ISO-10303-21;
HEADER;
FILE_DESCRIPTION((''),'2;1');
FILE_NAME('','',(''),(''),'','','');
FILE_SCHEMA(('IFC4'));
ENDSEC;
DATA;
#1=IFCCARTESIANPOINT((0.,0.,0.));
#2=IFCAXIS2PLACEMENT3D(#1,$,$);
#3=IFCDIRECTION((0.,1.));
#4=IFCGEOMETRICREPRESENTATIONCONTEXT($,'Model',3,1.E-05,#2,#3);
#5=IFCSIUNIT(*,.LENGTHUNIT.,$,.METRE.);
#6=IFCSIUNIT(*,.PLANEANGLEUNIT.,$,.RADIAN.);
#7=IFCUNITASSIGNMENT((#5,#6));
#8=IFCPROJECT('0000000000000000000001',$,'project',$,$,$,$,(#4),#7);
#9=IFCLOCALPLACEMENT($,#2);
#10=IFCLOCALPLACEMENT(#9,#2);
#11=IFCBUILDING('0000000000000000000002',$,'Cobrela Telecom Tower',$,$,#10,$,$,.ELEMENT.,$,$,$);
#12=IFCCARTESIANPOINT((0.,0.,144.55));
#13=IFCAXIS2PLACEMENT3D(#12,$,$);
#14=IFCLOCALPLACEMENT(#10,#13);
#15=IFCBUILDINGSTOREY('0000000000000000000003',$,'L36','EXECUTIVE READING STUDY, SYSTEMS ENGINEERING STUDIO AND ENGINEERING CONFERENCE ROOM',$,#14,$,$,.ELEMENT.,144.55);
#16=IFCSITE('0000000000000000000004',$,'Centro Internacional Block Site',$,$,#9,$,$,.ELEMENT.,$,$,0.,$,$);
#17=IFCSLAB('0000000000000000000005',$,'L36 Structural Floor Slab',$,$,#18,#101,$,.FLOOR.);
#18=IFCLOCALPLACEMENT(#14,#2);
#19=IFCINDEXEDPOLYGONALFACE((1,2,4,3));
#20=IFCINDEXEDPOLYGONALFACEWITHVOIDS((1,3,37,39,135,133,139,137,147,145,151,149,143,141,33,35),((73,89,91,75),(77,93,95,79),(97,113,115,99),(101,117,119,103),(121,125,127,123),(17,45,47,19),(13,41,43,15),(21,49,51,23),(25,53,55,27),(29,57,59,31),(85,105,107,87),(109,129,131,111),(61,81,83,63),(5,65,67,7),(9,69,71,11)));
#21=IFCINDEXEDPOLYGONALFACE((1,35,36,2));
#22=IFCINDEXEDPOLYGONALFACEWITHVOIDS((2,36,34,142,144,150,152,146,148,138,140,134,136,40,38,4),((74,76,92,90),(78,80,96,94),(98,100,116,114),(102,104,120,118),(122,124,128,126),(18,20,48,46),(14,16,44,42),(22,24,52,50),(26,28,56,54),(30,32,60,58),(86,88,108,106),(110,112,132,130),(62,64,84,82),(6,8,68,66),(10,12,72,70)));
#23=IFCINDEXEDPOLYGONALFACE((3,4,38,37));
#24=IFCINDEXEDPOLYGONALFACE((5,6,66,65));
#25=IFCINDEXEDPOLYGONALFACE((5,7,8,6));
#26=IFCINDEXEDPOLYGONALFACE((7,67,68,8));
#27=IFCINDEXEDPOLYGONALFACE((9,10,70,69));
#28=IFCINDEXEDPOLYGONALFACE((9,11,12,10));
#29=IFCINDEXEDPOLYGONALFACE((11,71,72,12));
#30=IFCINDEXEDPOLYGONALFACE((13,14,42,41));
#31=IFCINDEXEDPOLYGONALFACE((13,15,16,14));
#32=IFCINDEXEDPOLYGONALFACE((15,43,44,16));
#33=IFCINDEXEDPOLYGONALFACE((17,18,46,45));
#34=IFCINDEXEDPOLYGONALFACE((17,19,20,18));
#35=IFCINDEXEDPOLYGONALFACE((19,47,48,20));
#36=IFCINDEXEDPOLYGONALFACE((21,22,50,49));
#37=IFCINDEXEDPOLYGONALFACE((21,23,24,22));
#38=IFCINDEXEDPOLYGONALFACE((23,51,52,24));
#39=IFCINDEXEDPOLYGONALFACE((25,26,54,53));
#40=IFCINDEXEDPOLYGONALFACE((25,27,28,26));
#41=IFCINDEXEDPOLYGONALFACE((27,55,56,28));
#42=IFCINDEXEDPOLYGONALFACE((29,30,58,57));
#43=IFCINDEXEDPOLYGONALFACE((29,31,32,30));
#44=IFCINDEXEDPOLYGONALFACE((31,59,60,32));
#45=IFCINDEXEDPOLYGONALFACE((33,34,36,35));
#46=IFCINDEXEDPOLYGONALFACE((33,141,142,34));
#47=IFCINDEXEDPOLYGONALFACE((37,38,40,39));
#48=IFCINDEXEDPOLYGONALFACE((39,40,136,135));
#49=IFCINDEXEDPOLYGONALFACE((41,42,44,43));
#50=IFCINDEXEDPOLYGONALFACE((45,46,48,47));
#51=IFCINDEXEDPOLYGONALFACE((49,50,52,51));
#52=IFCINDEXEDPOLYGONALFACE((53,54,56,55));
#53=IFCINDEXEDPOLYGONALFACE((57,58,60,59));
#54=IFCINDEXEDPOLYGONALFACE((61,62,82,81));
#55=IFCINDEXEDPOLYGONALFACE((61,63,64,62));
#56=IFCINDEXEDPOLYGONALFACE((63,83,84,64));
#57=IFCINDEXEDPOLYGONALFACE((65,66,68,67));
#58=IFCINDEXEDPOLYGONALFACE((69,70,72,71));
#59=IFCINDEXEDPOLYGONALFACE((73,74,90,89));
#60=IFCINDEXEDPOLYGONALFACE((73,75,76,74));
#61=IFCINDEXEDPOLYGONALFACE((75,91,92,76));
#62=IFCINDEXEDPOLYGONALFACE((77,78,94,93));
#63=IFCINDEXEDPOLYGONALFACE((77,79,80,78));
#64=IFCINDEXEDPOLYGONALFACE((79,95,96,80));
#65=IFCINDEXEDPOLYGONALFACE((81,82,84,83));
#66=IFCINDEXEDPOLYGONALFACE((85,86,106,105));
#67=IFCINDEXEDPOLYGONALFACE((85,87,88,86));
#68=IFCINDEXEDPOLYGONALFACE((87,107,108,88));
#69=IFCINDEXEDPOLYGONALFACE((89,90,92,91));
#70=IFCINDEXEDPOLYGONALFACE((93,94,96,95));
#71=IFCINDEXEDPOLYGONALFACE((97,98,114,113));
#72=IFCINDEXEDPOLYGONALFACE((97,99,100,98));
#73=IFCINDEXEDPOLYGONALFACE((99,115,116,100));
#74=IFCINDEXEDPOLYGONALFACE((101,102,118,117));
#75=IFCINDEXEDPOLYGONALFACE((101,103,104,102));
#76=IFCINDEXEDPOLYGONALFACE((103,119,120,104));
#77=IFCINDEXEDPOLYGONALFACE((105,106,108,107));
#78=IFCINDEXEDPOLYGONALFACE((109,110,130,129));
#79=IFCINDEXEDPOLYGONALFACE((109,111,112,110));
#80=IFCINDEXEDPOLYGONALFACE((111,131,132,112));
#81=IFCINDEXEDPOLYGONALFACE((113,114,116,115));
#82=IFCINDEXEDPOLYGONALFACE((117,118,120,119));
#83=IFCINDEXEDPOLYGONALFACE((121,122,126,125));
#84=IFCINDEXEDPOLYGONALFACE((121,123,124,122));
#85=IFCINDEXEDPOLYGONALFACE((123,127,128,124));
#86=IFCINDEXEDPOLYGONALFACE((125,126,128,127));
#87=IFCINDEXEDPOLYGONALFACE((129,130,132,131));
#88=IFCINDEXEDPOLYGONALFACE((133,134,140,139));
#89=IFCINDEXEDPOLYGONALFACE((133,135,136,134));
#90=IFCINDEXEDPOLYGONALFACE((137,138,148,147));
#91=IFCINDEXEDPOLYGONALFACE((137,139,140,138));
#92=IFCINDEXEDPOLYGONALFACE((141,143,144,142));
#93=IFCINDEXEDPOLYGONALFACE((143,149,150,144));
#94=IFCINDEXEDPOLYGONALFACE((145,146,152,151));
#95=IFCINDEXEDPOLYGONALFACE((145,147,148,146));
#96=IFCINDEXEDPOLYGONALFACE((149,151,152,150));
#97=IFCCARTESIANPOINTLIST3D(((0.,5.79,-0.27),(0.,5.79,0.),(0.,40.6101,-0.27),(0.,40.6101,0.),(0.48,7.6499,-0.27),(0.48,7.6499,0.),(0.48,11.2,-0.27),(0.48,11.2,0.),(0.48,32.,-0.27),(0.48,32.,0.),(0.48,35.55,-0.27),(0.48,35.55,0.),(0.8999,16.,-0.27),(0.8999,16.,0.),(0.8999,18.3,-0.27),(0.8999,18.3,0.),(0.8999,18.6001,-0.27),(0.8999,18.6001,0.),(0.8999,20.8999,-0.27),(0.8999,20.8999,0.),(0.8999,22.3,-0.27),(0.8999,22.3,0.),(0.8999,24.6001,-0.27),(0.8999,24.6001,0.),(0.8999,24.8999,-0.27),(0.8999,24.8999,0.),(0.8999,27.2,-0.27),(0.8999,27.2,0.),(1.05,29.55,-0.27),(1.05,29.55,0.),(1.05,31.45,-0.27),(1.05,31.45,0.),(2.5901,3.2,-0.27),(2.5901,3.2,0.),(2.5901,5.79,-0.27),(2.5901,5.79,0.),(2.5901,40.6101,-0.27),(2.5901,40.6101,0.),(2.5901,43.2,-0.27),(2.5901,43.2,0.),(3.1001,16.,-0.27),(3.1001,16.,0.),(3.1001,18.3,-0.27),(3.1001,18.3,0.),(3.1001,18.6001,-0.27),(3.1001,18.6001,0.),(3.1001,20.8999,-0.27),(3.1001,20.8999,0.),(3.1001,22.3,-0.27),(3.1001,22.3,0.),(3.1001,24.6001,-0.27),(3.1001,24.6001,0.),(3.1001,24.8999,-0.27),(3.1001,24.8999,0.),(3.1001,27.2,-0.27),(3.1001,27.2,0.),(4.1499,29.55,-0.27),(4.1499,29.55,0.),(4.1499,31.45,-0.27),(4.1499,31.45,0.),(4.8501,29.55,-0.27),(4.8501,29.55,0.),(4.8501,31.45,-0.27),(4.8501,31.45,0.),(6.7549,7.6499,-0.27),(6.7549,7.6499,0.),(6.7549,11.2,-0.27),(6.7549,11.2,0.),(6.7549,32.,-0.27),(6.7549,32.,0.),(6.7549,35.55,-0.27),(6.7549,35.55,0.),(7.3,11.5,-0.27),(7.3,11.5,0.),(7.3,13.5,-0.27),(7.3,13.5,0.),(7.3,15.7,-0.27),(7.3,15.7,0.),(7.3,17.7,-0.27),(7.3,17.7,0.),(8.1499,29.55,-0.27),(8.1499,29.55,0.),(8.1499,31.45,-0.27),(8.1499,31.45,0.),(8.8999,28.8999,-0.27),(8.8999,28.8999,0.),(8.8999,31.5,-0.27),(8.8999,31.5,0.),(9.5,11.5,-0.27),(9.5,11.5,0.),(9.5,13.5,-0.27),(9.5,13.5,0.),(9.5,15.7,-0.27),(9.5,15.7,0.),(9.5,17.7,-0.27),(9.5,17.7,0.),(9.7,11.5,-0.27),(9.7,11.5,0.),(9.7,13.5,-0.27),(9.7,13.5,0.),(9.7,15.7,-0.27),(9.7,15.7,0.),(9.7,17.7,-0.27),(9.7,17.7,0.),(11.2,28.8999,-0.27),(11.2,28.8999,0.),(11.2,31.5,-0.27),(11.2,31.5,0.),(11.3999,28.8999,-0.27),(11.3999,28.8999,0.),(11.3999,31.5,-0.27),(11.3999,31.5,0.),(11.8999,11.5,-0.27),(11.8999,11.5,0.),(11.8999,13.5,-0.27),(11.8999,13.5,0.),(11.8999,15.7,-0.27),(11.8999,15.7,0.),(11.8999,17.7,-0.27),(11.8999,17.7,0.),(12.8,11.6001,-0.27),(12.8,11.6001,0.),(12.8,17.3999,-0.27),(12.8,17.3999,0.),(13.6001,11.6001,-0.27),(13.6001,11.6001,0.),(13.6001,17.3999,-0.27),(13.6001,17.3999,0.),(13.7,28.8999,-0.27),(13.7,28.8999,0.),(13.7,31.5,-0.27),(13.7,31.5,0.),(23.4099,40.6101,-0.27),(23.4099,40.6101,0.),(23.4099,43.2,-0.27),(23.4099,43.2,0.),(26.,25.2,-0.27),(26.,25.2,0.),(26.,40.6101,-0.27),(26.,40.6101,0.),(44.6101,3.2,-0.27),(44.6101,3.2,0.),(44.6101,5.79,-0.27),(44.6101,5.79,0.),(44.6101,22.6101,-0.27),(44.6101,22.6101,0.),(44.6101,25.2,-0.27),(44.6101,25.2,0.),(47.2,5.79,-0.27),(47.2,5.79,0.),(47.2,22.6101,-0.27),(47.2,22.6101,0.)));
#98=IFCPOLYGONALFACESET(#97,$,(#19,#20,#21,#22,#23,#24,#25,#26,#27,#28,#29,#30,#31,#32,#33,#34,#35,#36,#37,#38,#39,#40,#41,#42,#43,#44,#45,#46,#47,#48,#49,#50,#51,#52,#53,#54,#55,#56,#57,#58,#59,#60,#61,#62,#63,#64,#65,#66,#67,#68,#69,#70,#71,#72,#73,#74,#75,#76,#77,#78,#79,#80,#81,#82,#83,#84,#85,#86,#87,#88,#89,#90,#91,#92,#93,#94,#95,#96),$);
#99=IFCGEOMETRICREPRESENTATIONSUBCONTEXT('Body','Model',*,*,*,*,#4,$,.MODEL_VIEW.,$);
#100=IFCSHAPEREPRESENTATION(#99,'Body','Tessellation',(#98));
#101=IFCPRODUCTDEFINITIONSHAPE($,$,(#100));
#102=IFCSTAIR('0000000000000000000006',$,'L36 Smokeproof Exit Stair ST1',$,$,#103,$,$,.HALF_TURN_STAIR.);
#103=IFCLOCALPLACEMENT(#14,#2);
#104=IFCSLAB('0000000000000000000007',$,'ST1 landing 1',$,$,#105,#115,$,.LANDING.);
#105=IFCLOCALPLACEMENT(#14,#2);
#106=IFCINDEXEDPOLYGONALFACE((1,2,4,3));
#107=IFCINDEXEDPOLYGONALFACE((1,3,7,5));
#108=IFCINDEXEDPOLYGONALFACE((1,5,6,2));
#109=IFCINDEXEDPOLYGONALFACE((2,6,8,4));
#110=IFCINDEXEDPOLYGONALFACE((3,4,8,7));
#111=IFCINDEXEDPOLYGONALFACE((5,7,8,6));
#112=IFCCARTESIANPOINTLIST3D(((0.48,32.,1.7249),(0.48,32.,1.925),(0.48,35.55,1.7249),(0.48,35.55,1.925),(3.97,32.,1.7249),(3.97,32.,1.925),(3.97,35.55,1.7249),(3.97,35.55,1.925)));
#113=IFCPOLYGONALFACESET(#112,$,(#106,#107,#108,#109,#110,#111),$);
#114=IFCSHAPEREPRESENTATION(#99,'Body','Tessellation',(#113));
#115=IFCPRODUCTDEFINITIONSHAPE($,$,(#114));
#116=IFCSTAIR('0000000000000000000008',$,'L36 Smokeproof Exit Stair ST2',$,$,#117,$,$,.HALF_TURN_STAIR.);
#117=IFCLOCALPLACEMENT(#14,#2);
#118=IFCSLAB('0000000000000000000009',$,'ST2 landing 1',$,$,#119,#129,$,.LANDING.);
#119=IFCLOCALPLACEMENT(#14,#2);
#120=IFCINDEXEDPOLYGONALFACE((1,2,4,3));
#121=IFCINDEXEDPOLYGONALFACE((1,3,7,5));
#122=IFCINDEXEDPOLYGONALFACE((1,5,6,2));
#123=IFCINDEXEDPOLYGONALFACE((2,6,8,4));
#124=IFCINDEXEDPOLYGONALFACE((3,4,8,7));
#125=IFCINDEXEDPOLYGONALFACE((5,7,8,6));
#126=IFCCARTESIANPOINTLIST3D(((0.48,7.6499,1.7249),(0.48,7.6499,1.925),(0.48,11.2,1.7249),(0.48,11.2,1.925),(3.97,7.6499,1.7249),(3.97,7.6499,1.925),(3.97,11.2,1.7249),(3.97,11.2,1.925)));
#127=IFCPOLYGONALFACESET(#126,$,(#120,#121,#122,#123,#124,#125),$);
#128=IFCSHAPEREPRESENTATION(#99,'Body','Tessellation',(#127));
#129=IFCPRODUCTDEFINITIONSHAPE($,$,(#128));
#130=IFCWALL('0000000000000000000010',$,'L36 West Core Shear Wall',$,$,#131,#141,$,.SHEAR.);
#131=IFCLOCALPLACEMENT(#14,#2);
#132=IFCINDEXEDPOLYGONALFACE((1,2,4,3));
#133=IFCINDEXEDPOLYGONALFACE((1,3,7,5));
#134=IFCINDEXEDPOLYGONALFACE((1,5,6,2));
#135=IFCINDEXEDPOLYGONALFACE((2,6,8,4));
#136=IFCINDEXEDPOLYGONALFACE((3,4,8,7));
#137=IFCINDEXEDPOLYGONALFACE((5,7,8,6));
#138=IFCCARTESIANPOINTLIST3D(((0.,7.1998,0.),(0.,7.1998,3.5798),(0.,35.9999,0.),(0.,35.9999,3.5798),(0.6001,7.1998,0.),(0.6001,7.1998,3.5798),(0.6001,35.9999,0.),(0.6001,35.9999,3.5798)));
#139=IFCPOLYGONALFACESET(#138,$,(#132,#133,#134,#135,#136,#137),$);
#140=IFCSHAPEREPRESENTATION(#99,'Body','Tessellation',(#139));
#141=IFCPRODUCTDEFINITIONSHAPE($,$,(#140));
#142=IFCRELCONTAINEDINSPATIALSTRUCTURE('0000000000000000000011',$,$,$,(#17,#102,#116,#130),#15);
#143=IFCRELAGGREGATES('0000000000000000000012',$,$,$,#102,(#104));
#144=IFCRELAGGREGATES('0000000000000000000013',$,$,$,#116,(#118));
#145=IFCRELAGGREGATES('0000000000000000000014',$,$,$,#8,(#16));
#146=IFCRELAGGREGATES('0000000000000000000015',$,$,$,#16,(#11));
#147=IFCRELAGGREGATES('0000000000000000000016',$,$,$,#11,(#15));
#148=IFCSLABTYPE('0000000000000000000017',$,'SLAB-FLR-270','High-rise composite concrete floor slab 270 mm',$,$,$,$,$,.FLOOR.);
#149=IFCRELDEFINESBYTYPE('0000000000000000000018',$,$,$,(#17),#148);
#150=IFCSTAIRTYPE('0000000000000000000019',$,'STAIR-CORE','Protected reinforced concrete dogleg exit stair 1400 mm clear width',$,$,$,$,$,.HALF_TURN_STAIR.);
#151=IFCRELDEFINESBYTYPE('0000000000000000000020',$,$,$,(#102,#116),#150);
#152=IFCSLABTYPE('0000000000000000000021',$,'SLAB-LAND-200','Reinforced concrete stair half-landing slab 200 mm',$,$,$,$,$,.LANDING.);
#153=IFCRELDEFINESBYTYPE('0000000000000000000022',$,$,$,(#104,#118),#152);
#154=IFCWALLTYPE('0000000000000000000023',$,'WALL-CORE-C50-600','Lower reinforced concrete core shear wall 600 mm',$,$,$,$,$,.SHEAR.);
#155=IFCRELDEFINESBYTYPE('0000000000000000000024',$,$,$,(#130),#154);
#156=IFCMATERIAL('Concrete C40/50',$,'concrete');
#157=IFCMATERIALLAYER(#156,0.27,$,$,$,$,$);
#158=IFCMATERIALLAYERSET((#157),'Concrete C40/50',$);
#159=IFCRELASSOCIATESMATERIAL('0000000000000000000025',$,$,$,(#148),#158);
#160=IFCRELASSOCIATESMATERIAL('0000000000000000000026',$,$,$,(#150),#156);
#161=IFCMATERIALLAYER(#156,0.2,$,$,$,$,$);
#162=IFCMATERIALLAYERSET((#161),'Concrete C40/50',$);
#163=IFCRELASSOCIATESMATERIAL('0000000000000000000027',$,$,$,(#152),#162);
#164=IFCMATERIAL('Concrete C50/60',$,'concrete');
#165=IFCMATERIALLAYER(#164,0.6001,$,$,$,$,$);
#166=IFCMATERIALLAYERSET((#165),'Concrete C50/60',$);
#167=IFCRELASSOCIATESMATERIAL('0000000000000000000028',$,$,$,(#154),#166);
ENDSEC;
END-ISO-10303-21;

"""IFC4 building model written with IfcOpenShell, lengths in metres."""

from ifc_helpers import new_model, si_unit, direction, frame, frame_2d, origin, place, context, subcontext, project, spatial, polyline, rectangle, outline, extrude, material, layer, layer_set, type_object, element, aggregate, save


model = new_model("IFC4")

# Units and contexts
model_context = context("Model", 3, precision=1e-05, world=origin(), true_north=direction((0.0, 1.0)))
body_context = subcontext(model_context, "Body", "Model", "MODEL_VIEW")
ifc_project = project(units=[si_unit("LENGTHUNIT", "METRE"), si_unit("PLANEANGLEUNIT", "RADIAN")], contexts=[model_context])

# Site, building, storey
site_placement = place(None, origin())
site = spatial("IfcSite", under=ifc_project, at=site_placement, Name="Centro Internacional Block Site", CompositionType="ELEMENT", RefElevation=0.0)
building_placement = place(site_placement, origin())
building = spatial("IfcBuilding", under=site, at=building_placement, Name="Cobrela Telecom Tower", CompositionType="ELEMENT")
storey_placement = place(building_placement, frame((0.0, 0.0, 144.55)))
storey = spatial("IfcBuildingStorey", under=building, at=storey_placement, Name="L36", Description="EXECUTIVE READING STUDY, SYSTEMS ENGINEERING STUDIO AND ENGINEERING CONFERENCE ROOM", CompositionType="ELEMENT", Elevation=144.55)

# Slab, openings
ifc_material_1 = material(Name="Concrete C40/50", Category="concrete")
ifc_layer_1 = layer(ifc_material_1, 0.27)
ifc_layer_set_1 = layer_set([ifc_layer_1], Name="Concrete C40/50")
slab_type_1 = type_object("IfcSlabType", Name="SLAB-FLR-270", Description="High-rise composite concrete floor slab 270 mm", PredefinedType="FLOOR", material=ifc_layer_set_1)
slab_1_placement = place(storey_placement, frame((0.0, 0.0, -0.27)))
slab_1 = element("IfcSlab", 1, at=slab_1_placement, inside=storey, type_object=slab_type_1, Name="L36 Structural Floor Slab", PredefinedType="FLOOR", context=body_context, shape_type="SweptSolid", body=[
    extrude(outline(polyline([(2.5901, 3.2), (44.6101, 3.2), (44.6101, 5.79), (47.2, 5.79), (47.2, 22.6101), (44.6101, 22.6101), (44.6101, 25.2), (26.0, 25.2), (26.0, 40.6101), (23.4099, 40.6101), (23.4099, 43.2), (2.5901, 43.2), (2.5901, 40.6101), (0.0, 40.6101), (0.0, 5.79), (2.5901, 5.79), (2.5901, 3.2)])), origin(), (0.0, 0.0, 1.0), 0.27),
])
opening_1_placement = place(slab_1_placement, frame((0.0, 0.0, -0.02)))
element("IfcOpeningElement", 2, at=opening_1_placement, cuts=slab_1, PredefinedType="OPENING", context=body_context, shape_type="SweptSolid", body=[
    extrude(outline(polyline([(8.8999, 28.8999), (11.2, 28.8999), (11.2, 31.5), (8.8999, 31.5), (8.8999, 28.8999)])), origin(), (0.0, 0.0, 1.0), 0.3101),
])
opening_2_placement = place(slab_1_placement, frame((0.0, 0.0, -0.02)))
element("IfcOpeningElement", 3, at=opening_2_placement, cuts=slab_1, PredefinedType="OPENING", context=body_context, shape_type="SweptSolid", body=[
    extrude(outline(polyline([(11.3999, 28.8999), (13.7, 28.8999), (13.7, 31.5), (11.3999, 31.5), (11.3999, 28.8999)])), origin(), (0.0, 0.0, 1.0), 0.3101),
])
opening_3_placement = place(slab_1_placement, frame((0.0, 0.0, -0.02)))
element("IfcOpeningElement", 4, at=opening_3_placement, cuts=slab_1, PredefinedType="OPENING", context=body_context, shape_type="SweptSolid", body=[
    extrude(outline(polyline([(7.3, 15.7), (9.5, 15.7), (9.5, 17.7), (7.3, 17.7), (7.3, 15.7)])), origin(), (0.0, 0.0, 1.0), 0.3101),
])
opening_4_placement = place(slab_1_placement, frame((0.0, 0.0, -0.02)))
element("IfcOpeningElement", 5, at=opening_4_placement, cuts=slab_1, PredefinedType="OPENING", context=body_context, shape_type="SweptSolid", body=[
    extrude(outline(polyline([(9.7, 15.7), (11.8999, 15.7), (11.8999, 17.7), (9.7, 17.7), (9.7, 15.7)])), origin(), (0.0, 0.0, 1.0), 0.3101),
])
opening_5_placement = place(slab_1_placement, frame((0.0, 0.0, -0.02)))
element("IfcOpeningElement", 6, at=opening_5_placement, cuts=slab_1, PredefinedType="OPENING", context=body_context, shape_type="SweptSolid", body=[
    extrude(outline(polyline([(7.3, 11.5), (9.5, 11.5), (9.5, 13.5), (7.3, 13.5), (7.3, 11.5)])), origin(), (0.0, 0.0, 1.0), 0.3101),
])
opening_6_placement = place(slab_1_placement, frame((0.0, 0.0, -0.02)))
element("IfcOpeningElement", 7, at=opening_6_placement, cuts=slab_1, PredefinedType="OPENING", context=body_context, shape_type="SweptSolid", body=[
    extrude(outline(polyline([(9.7, 11.5), (11.8999, 11.5), (11.8999, 13.5), (9.7, 13.5), (9.7, 11.5)])), origin(), (0.0, 0.0, 1.0), 0.3101),
])
opening_7_placement = place(slab_1_placement, frame((0.0, 0.0, -0.02)))
element("IfcOpeningElement", 8, at=opening_7_placement, cuts=slab_1, PredefinedType="OPENING", context=body_context, shape_type="SweptSolid", body=[
    extrude(outline(polyline([(0.8999, 16.0), (3.1001, 16.0), (3.1001, 18.3), (0.8999, 18.3), (0.8999, 16.0)])), origin(), (0.0, 0.0, 1.0), 0.3101),
])
opening_8_placement = place(slab_1_placement, frame((0.0, 0.0, -0.02)))
element("IfcOpeningElement", 9, at=opening_8_placement, cuts=slab_1, PredefinedType="OPENING", context=body_context, shape_type="SweptSolid", body=[
    extrude(outline(polyline([(0.8999, 18.6001), (3.1001, 18.6001), (3.1001, 20.8999), (0.8999, 20.8999), (0.8999, 18.6001)])), origin(), (0.0, 0.0, 1.0), 0.3101),
])
opening_9_placement = place(slab_1_placement, frame((0.0, 0.0, -0.02)))
element("IfcOpeningElement", 10, at=opening_9_placement, cuts=slab_1, PredefinedType="OPENING", context=body_context, shape_type="SweptSolid", body=[
    extrude(outline(polyline([(0.8999, 22.3), (3.1001, 22.3), (3.1001, 24.6001), (0.8999, 24.6001), (0.8999, 22.3)])), origin(), (0.0, 0.0, 1.0), 0.3101),
])
opening_10_placement = place(slab_1_placement, frame((0.0, 0.0, -0.02)))
element("IfcOpeningElement", 11, at=opening_10_placement, cuts=slab_1, PredefinedType="OPENING", context=body_context, shape_type="SweptSolid", body=[
    extrude(outline(polyline([(0.8999, 24.8999), (3.1001, 24.8999), (3.1001, 27.2), (0.8999, 27.2), (0.8999, 24.8999)])), origin(), (0.0, 0.0, 1.0), 0.3101),
])
opening_11_placement = place(slab_1_placement, frame((0.0, 0.0, -0.02)))
element("IfcOpeningElement", 12, at=opening_11_placement, cuts=slab_1, PredefinedType="OPENING", context=body_context, shape_type="SweptSolid", body=[
    extrude(outline(polyline([(1.05, 29.55), (4.1499, 29.55), (4.1499, 31.45), (1.05, 31.45), (1.05, 29.55)])), origin(), (0.0, 0.0, 1.0), 0.3101),
])
opening_12_placement = place(slab_1_placement, frame((0.0, 0.0, -0.02)))
element("IfcOpeningElement", 13, at=opening_12_placement, cuts=slab_1, PredefinedType="OPENING", context=body_context, shape_type="SweptSolid", body=[
    extrude(outline(polyline([(4.8501, 29.55), (8.1499, 29.55), (8.1499, 31.45), (4.8501, 31.45), (4.8501, 29.55)])), origin(), (0.0, 0.0, 1.0), 0.3101),
])
opening_13_placement = place(slab_1_placement, frame((0.0, 0.0, -0.02)))
element("IfcOpeningElement", 14, at=opening_13_placement, cuts=slab_1, PredefinedType="OPENING", context=body_context, shape_type="SweptSolid", body=[
    extrude(outline(polyline([(12.8, 11.6001), (13.6001, 11.6001), (13.6001, 17.3999), (12.8, 17.3999), (12.8, 11.6001)])), origin(), (0.0, 0.0, 1.0), 0.3101),
])
opening_14_placement = place(slab_1_placement, frame((0.0, 0.0, -0.02)))
element("IfcOpeningElement", 15, at=opening_14_placement, cuts=slab_1, PredefinedType="OPENING", context=body_context, shape_type="SweptSolid", body=[
    extrude(outline(polyline([(6.7549, 35.55), (0.48, 35.55), (0.48, 32.0), (6.7549, 32.0), (6.7549, 35.55)])), origin(), (0.0, 0.0, 1.0), 0.3101),
])
opening_15_placement = place(slab_1_placement, frame((0.0, 0.0, -0.02)))
element("IfcOpeningElement", 16, at=opening_15_placement, cuts=slab_1, PredefinedType="OPENING", context=body_context, shape_type="SweptSolid", body=[
    extrude(outline(polyline([(6.7549, 11.2), (0.48, 11.2), (0.48, 7.6499), (6.7549, 7.6499), (6.7549, 11.2)])), origin(), (0.0, 0.0, 1.0), 0.3101),
])

# Stairs, slabs
stair_type = type_object("IfcStairType", Name="STAIR-CORE", Description="Protected reinforced concrete dogleg exit stair 1400 mm clear width", PredefinedType="HALF_TURN_STAIR", material=ifc_material_1)
stair_1_placement = place(storey_placement, origin())
stair_1 = element("IfcStair", 17, at=stair_1_placement, inside=storey, type_object=stair_type, Name="L36 Smokeproof Exit Stair ST1", PredefinedType="HALF_TURN_STAIR")
ifc_layer_2 = layer(ifc_material_1, 0.2)
ifc_layer_set_2 = layer_set([ifc_layer_2], Name="Concrete C40/50")
slab_type_2 = type_object("IfcSlabType", Name="SLAB-LAND-200", Description="Reinforced concrete stair half-landing slab 200 mm", PredefinedType="LANDING", material=ifc_layer_set_2)
slab_2_placement = place(storey_placement, frame((0.0, 0.0, 1.7249)))
slab_2 = element("IfcSlab", 18, at=slab_2_placement, type_object=slab_type_2, Name="ST1 landing 1", PredefinedType="LANDING", context=body_context, shape_type="SweptSolid", body=[
    extrude(outline(polyline([(3.97, 35.55), (0.48, 35.55), (0.48, 32.0), (3.97, 32.0), (3.97, 35.55)])), origin(), (0.0, 0.0, 1.0), 0.2002),
])
aggregate(stair_1, [slab_2])
stair_2_placement = place(storey_placement, origin())
stair_2 = element("IfcStair", 19, at=stair_2_placement, inside=storey, type_object=stair_type, Name="L36 Smokeproof Exit Stair ST2", PredefinedType="HALF_TURN_STAIR")
slab_3_placement = place(storey_placement, frame((0.0, 0.0, 1.7249)))
slab_3 = element("IfcSlab", 20, at=slab_3_placement, type_object=slab_type_2, Name="ST2 landing 1", PredefinedType="LANDING", context=body_context, shape_type="SweptSolid", body=[
    extrude(outline(polyline([(3.97, 11.2), (0.48, 11.2), (0.48, 7.6499), (3.97, 7.6499), (3.97, 11.2)])), origin(), (0.0, 0.0, 1.0), 0.2002),
])

# Wall
ifc_material_2 = material(Name="Concrete C50/60", Category="concrete")
ifc_layer_3 = layer(ifc_material_2, 0.6001)
ifc_layer_set_3 = layer_set([ifc_layer_3], Name="Concrete C50/60")
wall_type_1 = type_object("IfcWallType", Name="WALL-CORE-C50-600", Description="Lower reinforced concrete core shear wall 600 mm", PredefinedType="SHEAR", material=ifc_layer_set_3)
wall_1_placement = place(storey_placement, frame((0.3, 7.2, 0.0), z_axis=(0.0, 0.0, 1.0), x_axis=(0.0, 1.0, 0.0)))
element("IfcWall", 21, at=wall_1_placement, inside=storey, type_object=wall_type_1, Name="L36 West Core Shear Wall", PredefinedType="SHEAR", context=body_context, shape_type="SweptSolid", body=[
    extrude(rectangle(XDim=28.8, YDim=0.6001, at=frame_2d((14.3999, 0.0))), origin(), (0.0, 0.0, 1.0), 3.5798),
])

aggregate(stair_2, [slab_3])

save(model, "model.ifc")
